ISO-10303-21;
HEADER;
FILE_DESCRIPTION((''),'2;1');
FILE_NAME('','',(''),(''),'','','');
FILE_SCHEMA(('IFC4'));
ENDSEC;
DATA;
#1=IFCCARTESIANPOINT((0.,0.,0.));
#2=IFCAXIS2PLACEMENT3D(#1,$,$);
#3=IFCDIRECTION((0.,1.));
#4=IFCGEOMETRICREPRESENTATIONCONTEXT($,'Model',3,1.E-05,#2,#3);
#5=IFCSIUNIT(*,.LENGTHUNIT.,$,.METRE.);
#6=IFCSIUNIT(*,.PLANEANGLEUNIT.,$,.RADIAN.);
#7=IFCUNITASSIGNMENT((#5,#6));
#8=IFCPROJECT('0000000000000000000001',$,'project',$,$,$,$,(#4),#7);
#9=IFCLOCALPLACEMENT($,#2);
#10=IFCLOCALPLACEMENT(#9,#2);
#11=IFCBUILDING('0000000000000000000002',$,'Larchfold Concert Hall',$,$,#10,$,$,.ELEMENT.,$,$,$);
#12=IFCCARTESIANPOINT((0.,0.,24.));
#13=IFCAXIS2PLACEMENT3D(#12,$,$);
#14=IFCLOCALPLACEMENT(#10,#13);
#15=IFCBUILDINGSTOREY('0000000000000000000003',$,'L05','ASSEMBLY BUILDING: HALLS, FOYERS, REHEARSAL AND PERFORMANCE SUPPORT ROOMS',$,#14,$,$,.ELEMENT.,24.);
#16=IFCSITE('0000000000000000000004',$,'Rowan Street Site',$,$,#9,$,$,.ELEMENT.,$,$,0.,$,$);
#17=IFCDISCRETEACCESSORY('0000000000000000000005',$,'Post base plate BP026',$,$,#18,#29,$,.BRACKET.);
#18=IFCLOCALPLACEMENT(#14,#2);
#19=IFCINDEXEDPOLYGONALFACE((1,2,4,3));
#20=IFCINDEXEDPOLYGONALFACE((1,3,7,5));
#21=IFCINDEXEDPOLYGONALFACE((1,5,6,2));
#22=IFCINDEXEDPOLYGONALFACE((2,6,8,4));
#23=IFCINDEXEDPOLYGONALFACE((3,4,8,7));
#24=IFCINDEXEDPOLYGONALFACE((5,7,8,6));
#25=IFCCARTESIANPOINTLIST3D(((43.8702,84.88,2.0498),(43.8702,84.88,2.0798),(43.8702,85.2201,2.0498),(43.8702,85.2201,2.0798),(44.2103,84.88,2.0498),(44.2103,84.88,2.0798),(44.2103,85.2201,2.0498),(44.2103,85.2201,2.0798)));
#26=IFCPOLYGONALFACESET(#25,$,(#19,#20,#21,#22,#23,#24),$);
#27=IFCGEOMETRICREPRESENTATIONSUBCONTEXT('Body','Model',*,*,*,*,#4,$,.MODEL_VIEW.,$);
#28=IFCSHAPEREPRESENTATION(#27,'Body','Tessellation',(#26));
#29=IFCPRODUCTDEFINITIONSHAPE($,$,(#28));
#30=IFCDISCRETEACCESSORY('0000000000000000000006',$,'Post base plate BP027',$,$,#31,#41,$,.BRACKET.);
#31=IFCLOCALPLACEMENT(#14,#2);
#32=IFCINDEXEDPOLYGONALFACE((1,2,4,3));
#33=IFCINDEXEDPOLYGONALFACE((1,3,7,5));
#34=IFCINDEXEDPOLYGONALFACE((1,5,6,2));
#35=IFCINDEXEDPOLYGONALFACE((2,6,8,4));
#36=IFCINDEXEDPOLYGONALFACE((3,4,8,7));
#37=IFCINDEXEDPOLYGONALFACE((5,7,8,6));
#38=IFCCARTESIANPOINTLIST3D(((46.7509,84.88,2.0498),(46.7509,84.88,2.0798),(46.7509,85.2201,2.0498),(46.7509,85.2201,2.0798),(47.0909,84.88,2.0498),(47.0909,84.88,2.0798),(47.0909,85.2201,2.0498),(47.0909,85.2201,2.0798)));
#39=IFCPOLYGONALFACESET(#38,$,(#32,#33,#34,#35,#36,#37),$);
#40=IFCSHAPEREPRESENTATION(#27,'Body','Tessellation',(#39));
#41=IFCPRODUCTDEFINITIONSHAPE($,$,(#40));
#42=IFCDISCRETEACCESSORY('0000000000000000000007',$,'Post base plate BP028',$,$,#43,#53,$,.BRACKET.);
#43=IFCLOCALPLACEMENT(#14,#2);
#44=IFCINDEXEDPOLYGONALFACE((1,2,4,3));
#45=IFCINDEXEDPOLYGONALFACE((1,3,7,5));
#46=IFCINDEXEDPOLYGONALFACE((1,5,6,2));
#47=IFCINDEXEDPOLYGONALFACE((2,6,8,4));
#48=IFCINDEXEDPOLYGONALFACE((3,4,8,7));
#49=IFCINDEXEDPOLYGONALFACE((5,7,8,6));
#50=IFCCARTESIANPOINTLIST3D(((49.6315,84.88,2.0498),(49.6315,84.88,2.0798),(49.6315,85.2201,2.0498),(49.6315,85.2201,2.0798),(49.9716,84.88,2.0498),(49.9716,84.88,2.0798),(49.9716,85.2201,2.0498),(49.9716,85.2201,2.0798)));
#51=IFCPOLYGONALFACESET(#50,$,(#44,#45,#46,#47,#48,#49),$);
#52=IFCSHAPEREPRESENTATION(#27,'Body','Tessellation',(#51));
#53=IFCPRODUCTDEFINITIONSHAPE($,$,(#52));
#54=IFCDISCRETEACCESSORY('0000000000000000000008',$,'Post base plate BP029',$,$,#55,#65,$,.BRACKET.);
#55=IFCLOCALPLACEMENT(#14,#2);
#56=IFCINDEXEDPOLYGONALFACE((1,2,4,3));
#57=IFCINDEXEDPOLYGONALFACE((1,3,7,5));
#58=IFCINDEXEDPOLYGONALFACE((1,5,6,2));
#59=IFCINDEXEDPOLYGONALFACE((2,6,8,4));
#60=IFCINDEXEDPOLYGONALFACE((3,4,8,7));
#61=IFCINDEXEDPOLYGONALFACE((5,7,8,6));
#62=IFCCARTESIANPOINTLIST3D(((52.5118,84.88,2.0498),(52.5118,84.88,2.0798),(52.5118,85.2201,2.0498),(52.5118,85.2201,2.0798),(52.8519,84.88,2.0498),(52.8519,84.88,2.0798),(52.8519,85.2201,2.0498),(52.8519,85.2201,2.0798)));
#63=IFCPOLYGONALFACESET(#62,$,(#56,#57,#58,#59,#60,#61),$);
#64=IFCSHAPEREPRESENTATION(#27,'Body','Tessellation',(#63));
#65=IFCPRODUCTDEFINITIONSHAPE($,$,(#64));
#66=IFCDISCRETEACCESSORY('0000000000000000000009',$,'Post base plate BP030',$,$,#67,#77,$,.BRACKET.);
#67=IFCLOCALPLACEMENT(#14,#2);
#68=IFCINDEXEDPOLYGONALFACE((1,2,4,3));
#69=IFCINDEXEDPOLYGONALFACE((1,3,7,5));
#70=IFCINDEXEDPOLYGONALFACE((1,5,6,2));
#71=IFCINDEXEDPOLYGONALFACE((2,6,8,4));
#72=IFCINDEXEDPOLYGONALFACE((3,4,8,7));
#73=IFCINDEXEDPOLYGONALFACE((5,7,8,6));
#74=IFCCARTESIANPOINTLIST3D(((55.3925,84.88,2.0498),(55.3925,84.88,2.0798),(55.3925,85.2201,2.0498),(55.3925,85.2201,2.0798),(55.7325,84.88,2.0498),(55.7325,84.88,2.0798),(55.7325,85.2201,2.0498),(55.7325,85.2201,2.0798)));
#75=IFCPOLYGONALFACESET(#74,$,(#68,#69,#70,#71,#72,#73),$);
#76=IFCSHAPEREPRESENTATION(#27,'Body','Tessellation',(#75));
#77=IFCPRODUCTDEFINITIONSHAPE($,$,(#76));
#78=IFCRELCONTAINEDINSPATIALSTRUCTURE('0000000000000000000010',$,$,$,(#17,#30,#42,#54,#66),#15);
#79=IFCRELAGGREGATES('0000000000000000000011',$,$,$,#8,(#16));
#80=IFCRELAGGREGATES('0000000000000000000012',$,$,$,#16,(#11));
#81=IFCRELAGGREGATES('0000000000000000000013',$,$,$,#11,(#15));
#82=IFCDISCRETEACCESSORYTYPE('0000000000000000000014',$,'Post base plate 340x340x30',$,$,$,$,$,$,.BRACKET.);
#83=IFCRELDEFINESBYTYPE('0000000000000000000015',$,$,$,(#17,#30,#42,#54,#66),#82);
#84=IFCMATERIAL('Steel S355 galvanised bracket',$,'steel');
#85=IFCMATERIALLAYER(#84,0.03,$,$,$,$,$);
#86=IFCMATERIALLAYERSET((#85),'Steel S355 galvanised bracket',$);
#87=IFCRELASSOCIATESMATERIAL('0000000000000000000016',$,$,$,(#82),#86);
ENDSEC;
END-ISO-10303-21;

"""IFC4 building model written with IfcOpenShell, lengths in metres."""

from ifc_helpers import new_model, si_unit, direction, frame, origin, origin_2d, place, context, subcontext, project, spatial, rectangle, extrude, material, layer, layer_set, type_object, element, save


model = new_model("IFC4")

# Units and contexts
model_context = context("Model", 3, precision=1e-05, world=origin(), true_north=direction((0.0, 1.0)))
body_context = subcontext(model_context, "Body", "Model", "MODEL_VIEW")
ifc_project = project(units=[si_unit("LENGTHUNIT", "METRE"), si_unit("PLANEANGLEUNIT", "RADIAN")], contexts=[model_context])

# Site, building, storey
site_placement = place(None, origin())
site = spatial("IfcSite", under=ifc_project, at=site_placement, Name="Rowan Street Site", CompositionType="ELEMENT", RefElevation=0.0)
building_placement = place(site_placement, origin())
building = spatial("IfcBuilding", under=site, at=building_placement, Name="Larchfold Concert Hall", CompositionType="ELEMENT")
storey_placement = place(building_placement, frame((0.0, 0.0, 24.0)))
storey = spatial("IfcBuildingStorey", under=building, at=storey_placement, Name="L05", Description="ASSEMBLY BUILDING: HALLS, FOYERS, REHEARSAL AND PERFORMANCE SUPPORT ROOMS", CompositionType="ELEMENT", Elevation=24.0)

# Discrete accessories
ifc_material_1 = material(Name="Steel S355 galvanised bracket", Category="steel")
ifc_layer_1 = layer(ifc_material_1, 0.03)
ifc_layer_set_1 = layer_set([ifc_layer_1], Name="Steel S355 galvanised bracket")
discrete_accessory_type_1 = type_object("IfcDiscreteAccessoryType", Name="Post base plate 340x340x30", PredefinedType="BRACKET", material=ifc_layer_set_1)
for number, where, z_axis, x_axis, name in (
    (1, (44.0403, 85.05, 2.0498), (0.0, 0.0, 1.0), (1.0, 0.0, 0.0), "Post base plate BP026"),
    (2, (46.9209, 85.05, 2.0498), (0.0, 0.0, 1.0), (1.0, 0.0, 0.0), "Post base plate BP027"),
    (3, (49.8015, 85.05, 2.0498), (0.0, 0.0, 1.0), (1.0, 0.0, 0.0), "Post base plate BP028"),
    (4, (52.6819, 85.05, 2.0498), (0.0, 0.0, 1.0), (1.0, 0.0, 0.0), "Post base plate BP029"),
    (5, (55.5625, 85.05, 2.0498), (0.0, 0.0, 1.0), (1.0, 0.0, 0.0), "Post base plate BP030"),
):
    element("IfcDiscreteAccessory", number, at=place(storey_placement, frame(where, z_axis=z_axis, x_axis=x_axis)), inside=storey, type_object=discrete_accessory_type_1, Name=name, PredefinedType="BRACKET", context=body_context, shape_type="SweptSolid", body=[
        extrude(rectangle(XDim=0.3401, YDim=0.3401, at=origin_2d()), origin(), (0.0, 0.0, 1.0), 0.03),
    ])

save(model, "model.ifc")
